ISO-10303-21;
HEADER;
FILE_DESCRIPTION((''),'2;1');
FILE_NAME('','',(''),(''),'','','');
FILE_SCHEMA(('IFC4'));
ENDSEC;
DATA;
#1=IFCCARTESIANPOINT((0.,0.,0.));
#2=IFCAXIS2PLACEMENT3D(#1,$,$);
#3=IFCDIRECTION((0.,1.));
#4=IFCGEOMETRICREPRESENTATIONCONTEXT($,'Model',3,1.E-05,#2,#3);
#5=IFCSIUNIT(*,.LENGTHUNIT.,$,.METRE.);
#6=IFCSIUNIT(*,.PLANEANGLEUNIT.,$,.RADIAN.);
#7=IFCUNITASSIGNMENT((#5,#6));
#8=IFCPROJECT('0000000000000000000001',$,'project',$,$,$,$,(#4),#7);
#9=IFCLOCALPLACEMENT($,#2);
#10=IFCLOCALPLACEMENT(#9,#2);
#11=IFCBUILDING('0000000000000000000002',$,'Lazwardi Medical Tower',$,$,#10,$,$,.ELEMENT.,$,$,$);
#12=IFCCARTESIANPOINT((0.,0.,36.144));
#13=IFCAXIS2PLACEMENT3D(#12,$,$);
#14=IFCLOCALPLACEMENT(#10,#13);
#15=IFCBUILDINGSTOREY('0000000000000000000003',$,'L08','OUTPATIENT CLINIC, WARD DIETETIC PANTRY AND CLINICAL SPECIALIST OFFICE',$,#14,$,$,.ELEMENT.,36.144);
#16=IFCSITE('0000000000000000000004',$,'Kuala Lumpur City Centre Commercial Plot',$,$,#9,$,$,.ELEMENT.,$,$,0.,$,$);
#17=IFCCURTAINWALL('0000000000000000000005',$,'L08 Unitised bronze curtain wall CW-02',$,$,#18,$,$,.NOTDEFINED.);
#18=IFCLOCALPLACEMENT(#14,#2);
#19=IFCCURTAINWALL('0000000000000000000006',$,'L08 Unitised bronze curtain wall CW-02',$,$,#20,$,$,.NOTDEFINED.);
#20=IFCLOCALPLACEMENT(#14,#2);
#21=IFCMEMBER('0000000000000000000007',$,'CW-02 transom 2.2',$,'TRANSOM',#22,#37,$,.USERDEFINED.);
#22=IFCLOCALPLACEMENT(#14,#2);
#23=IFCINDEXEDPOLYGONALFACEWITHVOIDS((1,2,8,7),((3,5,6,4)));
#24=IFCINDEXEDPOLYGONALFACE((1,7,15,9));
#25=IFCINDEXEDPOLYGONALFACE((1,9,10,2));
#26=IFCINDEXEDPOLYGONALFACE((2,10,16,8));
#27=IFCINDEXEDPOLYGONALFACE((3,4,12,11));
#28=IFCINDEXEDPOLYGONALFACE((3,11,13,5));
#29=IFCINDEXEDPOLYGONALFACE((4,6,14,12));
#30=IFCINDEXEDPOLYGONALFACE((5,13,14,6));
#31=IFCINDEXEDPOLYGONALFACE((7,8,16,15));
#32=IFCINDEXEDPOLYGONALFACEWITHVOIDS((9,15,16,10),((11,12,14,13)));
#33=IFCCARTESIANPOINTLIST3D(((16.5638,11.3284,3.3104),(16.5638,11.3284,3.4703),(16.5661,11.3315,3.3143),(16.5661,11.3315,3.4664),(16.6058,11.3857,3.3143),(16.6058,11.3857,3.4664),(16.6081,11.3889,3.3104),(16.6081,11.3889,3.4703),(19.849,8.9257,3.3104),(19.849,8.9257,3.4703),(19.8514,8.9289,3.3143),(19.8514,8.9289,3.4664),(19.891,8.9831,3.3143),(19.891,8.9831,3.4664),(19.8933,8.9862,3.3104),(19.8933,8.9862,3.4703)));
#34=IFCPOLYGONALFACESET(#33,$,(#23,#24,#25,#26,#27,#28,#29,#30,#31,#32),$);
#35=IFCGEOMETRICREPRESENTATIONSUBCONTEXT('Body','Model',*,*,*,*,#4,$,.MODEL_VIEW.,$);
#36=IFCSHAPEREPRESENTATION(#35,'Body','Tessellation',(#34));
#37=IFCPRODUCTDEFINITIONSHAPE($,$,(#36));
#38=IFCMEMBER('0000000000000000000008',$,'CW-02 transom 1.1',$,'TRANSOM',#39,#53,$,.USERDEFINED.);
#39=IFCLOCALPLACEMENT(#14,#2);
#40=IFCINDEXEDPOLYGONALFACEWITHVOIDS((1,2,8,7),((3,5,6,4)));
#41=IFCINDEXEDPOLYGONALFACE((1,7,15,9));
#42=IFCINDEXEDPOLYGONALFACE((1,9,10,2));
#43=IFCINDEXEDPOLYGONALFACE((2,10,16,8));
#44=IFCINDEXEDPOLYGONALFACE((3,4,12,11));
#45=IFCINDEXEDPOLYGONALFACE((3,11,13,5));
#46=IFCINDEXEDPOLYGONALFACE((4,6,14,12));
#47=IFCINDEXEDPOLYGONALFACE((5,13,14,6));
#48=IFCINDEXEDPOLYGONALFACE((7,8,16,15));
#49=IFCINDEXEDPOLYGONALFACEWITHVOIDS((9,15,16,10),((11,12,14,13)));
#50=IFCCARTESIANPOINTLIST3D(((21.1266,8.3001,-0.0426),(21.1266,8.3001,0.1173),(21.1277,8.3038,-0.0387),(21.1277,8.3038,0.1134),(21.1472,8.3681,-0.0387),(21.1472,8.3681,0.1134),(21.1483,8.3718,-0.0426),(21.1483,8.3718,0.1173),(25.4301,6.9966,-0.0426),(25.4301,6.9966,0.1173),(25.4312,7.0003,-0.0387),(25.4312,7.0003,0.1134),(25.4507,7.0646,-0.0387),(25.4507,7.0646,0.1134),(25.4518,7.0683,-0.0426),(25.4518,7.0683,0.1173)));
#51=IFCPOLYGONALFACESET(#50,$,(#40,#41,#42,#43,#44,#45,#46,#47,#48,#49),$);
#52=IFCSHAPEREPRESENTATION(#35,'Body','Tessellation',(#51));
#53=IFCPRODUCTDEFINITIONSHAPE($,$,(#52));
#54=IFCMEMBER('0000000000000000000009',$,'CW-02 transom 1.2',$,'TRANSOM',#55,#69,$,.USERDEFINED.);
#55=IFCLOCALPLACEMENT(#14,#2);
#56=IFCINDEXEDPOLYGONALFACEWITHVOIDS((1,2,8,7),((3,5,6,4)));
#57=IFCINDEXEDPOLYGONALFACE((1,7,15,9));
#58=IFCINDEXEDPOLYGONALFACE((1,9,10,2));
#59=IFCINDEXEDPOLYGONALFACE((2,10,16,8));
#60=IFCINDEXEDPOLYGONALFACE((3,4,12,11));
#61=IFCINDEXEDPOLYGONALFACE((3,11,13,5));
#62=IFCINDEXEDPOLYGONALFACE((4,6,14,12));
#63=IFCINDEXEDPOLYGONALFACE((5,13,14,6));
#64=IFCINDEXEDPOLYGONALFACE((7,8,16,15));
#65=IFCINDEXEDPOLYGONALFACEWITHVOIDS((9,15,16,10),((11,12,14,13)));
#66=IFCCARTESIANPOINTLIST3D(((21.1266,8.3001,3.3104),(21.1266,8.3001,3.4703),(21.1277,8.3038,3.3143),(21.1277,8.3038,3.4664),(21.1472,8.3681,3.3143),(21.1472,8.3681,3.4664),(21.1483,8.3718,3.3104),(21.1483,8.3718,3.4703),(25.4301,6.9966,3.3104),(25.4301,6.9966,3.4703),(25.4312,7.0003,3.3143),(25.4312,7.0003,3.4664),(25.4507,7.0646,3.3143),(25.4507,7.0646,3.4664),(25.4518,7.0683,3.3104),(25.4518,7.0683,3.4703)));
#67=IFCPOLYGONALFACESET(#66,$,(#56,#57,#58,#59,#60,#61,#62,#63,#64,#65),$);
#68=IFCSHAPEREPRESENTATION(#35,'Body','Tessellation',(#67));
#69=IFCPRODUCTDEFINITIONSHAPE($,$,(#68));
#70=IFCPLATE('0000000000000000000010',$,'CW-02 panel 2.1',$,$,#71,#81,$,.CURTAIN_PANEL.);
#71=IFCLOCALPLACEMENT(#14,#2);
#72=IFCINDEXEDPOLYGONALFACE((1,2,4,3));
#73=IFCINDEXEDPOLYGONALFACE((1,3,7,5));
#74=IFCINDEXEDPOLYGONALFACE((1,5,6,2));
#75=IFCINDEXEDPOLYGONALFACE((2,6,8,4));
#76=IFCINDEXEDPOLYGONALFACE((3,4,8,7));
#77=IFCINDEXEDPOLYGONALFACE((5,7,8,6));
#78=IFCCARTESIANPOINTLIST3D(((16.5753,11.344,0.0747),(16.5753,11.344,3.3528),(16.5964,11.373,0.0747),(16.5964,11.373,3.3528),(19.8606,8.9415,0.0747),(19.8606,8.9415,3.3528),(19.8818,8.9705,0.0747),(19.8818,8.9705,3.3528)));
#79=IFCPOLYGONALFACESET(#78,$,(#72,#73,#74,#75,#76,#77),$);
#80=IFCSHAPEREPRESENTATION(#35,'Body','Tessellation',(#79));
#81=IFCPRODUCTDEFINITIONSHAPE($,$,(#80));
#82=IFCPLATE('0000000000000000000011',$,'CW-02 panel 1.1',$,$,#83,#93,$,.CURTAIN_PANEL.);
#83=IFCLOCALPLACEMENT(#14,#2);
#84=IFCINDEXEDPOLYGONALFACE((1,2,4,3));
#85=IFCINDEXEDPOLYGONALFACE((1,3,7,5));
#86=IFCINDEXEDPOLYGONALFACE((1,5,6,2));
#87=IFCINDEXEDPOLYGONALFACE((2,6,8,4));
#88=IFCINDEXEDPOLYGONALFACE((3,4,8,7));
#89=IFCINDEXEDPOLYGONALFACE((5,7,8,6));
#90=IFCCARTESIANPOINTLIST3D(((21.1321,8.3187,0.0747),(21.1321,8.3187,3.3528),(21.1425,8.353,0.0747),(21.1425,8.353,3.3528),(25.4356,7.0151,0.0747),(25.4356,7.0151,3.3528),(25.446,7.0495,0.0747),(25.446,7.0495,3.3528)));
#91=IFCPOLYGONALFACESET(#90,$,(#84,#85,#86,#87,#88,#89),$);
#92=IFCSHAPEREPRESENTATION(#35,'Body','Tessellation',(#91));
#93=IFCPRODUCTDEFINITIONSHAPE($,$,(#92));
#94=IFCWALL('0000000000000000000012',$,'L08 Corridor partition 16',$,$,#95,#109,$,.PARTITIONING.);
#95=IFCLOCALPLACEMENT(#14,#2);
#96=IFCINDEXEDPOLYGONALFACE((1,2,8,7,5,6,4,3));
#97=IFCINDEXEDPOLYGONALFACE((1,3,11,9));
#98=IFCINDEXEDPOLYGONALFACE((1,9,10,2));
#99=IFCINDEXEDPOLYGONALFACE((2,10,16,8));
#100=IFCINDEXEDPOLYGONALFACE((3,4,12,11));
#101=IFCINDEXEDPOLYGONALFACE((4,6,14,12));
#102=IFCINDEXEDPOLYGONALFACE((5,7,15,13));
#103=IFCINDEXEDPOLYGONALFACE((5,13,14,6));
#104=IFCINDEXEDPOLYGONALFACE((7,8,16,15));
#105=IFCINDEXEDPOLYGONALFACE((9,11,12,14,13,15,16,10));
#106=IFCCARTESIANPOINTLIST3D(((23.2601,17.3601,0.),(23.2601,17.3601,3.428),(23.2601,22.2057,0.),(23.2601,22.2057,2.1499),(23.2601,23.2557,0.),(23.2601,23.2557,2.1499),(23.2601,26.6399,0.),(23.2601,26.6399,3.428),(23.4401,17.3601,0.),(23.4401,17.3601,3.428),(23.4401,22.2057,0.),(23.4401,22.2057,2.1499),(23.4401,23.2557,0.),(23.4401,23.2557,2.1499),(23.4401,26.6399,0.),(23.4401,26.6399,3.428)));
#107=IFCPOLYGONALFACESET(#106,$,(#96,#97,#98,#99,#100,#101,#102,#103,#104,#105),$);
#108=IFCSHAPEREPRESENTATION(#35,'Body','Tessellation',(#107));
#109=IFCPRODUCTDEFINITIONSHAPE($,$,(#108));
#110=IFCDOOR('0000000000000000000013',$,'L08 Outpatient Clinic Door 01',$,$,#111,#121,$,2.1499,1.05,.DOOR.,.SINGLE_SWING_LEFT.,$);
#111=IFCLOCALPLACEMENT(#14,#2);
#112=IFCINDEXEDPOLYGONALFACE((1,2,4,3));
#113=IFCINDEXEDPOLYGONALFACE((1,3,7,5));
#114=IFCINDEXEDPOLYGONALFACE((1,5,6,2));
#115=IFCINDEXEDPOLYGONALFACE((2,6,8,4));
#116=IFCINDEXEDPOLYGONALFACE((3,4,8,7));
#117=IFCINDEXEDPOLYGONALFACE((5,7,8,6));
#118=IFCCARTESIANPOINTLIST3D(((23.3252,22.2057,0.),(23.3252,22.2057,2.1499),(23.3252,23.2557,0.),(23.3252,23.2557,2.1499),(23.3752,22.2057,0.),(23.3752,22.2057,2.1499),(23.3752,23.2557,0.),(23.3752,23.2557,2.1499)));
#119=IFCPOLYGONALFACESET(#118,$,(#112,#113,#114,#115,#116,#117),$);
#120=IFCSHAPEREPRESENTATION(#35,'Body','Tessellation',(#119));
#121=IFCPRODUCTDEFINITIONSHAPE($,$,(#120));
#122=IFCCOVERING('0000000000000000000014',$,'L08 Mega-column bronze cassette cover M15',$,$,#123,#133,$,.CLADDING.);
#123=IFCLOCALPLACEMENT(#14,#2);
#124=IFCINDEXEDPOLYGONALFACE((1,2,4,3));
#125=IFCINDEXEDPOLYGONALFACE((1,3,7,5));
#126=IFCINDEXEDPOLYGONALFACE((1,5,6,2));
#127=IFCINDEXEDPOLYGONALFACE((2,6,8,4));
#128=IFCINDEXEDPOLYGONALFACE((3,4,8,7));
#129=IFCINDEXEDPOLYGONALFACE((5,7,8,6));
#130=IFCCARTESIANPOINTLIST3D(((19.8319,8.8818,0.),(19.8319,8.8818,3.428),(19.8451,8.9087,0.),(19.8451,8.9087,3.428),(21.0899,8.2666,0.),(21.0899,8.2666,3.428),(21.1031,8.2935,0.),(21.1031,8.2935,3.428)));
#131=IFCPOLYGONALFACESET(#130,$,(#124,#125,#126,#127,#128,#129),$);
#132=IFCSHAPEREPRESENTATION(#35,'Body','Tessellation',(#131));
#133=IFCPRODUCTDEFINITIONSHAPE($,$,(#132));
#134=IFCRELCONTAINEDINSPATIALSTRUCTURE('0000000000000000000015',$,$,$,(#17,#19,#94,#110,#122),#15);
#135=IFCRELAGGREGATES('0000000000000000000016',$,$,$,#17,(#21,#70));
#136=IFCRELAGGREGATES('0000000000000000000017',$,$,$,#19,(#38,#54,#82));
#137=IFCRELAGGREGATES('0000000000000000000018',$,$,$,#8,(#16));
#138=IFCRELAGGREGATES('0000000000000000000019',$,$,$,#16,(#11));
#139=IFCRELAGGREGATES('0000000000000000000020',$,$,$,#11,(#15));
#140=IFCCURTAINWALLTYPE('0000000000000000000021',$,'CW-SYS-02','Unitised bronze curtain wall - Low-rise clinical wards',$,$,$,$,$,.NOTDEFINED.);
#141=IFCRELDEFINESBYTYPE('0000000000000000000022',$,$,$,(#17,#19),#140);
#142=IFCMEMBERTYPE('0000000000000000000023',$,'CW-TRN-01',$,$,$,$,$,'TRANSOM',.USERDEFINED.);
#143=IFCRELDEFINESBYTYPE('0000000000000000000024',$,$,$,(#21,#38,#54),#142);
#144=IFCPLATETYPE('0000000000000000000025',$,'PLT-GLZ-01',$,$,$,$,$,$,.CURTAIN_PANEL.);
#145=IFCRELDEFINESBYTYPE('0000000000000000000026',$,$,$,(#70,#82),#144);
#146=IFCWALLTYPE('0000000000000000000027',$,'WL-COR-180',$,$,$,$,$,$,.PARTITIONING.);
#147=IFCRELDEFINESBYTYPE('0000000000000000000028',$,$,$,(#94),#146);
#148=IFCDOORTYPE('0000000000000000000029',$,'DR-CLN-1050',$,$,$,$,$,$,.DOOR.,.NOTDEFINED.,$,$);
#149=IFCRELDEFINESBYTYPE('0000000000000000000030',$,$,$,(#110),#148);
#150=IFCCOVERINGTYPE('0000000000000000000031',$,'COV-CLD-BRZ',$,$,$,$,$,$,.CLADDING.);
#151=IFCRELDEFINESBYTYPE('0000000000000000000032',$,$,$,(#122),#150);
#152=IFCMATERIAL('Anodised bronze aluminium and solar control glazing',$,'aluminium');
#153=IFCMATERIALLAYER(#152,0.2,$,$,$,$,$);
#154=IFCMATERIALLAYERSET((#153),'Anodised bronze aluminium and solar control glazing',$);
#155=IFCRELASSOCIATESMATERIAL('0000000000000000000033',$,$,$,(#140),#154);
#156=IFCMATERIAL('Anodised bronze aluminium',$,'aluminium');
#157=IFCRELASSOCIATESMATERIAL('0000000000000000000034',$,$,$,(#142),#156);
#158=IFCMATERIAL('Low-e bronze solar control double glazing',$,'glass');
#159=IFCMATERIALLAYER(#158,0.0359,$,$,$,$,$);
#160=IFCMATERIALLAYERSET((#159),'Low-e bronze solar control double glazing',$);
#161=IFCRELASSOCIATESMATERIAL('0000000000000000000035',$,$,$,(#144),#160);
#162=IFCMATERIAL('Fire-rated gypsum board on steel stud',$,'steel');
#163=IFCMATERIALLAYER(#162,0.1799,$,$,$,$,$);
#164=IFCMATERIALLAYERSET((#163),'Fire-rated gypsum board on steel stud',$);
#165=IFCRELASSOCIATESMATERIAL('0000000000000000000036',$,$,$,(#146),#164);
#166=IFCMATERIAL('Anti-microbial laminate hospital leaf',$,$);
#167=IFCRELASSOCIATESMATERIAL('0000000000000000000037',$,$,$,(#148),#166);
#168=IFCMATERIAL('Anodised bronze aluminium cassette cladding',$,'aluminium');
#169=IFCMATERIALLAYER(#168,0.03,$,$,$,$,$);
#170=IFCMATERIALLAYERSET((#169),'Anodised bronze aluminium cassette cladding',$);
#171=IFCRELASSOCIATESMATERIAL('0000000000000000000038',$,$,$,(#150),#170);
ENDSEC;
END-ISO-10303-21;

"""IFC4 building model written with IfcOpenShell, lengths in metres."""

from ifc_helpers import new_model, si_unit, direction, frame, frame_2d, origin, origin_2d, place, context, subcontext, project, spatial, rectangle, hollow_rectangle, extrude, material, layer, layer_set, material_profile, profile_set, type_object, element, fill, aggregate, save


model = new_model("IFC4")

# Units and contexts
model_context = context("Model", 3, precision=1e-05, world=origin(), true_north=direction((0.0, 1.0)))
body_context = subcontext(model_context, "Body", "Model", "MODEL_VIEW")
ifc_project = project(units=[si_unit("LENGTHUNIT", "METRE"), si_unit("PLANEANGLEUNIT", "RADIAN")], contexts=[model_context])

# Site, building, storey
site_placement = place(None, origin())
site = spatial("IfcSite", under=ifc_project, at=site_placement, Name="Kuala Lumpur City Centre Commercial Plot", CompositionType="ELEMENT", RefElevation=0.0)
building_placement = place(site_placement, origin())
building = spatial("IfcBuilding", under=site, at=building_placement, Name="Lazwardi Medical Tower", CompositionType="ELEMENT")
storey_placement = place(building_placement, frame((0.0, 0.0, 36.144)))
storey = spatial("IfcBuildingStorey", under=building, at=storey_placement, Name="L08", Description="OUTPATIENT CLINIC, WARD DIETETIC PANTRY AND CLINICAL SPECIALIST OFFICE", CompositionType="ELEMENT", Elevation=36.144)

# Curtain wall
ifc_material_1 = material(Name="Anodised bronze aluminium and solar control glazing", Category="aluminium")
ifc_layer_1 = layer(ifc_material_1, 0.2)
ifc_layer_set_1 = layer_set([ifc_layer_1], Name="Anodised bronze aluminium and solar control glazing")
curtain_wall_type = type_object("IfcCurtainWallType", Name="CW-SYS-02", Description="Unitised bronze curtain wall - Low-rise clinical wards", PredefinedType="NOTDEFINED", material=ifc_layer_set_1)
curtain_wall_1_placement = place(storey_placement, origin())
curtain_wall_1 = element("IfcCurtainWall", 1, at=curtain_wall_1_placement, inside=storey, type_object=curtain_wall_type, Name="L08 Unitised bronze curtain wall CW-02", PredefinedType="NOTDEFINED")
ifc_material_2 = material(Name="Anodised bronze aluminium", Category="aluminium")

# Curtain wall
curtain_wall_2_placement = place(storey_placement, origin())
curtain_wall_2 = element("IfcCurtainWall", 2, at=curtain_wall_2_placement, inside=storey, type_object=curtain_wall_type, Name="L08 Unitised bronze curtain wall CW-02", PredefinedType="NOTDEFINED")

# Members
ifc_material_profile_1 = material_profile(ifc_material_2, hollow_rectangle(XDim=0.075, YDim=0.1599, WallThickness=0.0039, at=origin_2d()), Name="ALU-TRANSOM 160x75x4")
ifc_profile_set_1 = profile_set([ifc_material_profile_1], Name="Anodised bronze aluminium")
member_type_1 = type_object("IfcMemberType", Name="CW-TRN-01", ElementType="TRANSOM", PredefinedType="USERDEFINED", material=ifc_profile_set_1)
member_1_placement = place(storey_placement, frame((16.5859, 11.3586, 3.3904), z_axis=(0.807169, -0.59032, 0.0), x_axis=(0.59032, 0.807169, 0.0)))
member_1 = element("IfcMember", 3, at=member_1_placement, type_object=member_type_1, Name="CW-02 transom 2.2", ObjectType="TRANSOM", PredefinedType="USERDEFINED", context=body_context, shape_type="SweptSolid", body=[
    extrude(hollow_rectangle(XDim=0.075, YDim=0.1599, WallThickness=0.0039, at=origin_2d()), origin(), (0.0, 0.0, 1.0), 4.0701),
])
member_2_placement = place(storey_placement, frame((21.1375, 8.3359, 0.0374), z_axis=(0.957062, -0.289882, 0.0), x_axis=(0.289882, 0.957062, 0.0)))
member_2 = element("IfcMember", 4, at=member_2_placement, type_object=member_type_1, Name="CW-02 transom 1.1", ObjectType="TRANSOM", PredefinedType="USERDEFINED", context=body_context, shape_type="SweptSolid", body=[
    extrude(hollow_rectangle(XDim=0.075, YDim=0.1599, WallThickness=0.0039, at=origin_2d()), origin(), (0.0, 0.0, 1.0), 4.4966),
])
member_3_placement = place(storey_placement, frame((21.1375, 8.3359, 3.3904), z_axis=(0.957062, -0.289882, 0.0), x_axis=(0.289882, 0.957062, 0.0)))
member_3 = element("IfcMember", 5, at=member_3_placement, type_object=member_type_1, Name="CW-02 transom 1.2", ObjectType="TRANSOM", PredefinedType="USERDEFINED", context=body_context, shape_type="SweptSolid", body=[
    extrude(hollow_rectangle(XDim=0.075, YDim=0.1599, WallThickness=0.0039, at=origin_2d()), origin(), (0.0, 0.0, 1.0), 4.4966),
])

# Plates
ifc_material_3 = material(Name="Low-e bronze solar control double glazing", Category="glass")
ifc_layer_2 = layer(ifc_material_3, 0.0359)
ifc_layer_set_2 = layer_set([ifc_layer_2], Name="Low-e bronze solar control double glazing")
plate_type = type_object("IfcPlateType", Name="PLT-GLZ-01", PredefinedType="CURTAIN_PANEL", material=ifc_layer_set_2)
plate_1_placement = place(storey_placement, frame((18.2285, 10.1572, 0.0747), z_axis=(0.0, 0.0, 1.0), x_axis=(0.807192, -0.590289, 0.0)))
plate_1 = element("IfcPlate", 6, at=plate_1_placement, type_object=plate_type, Name="CW-02 panel 2.1", PredefinedType="CURTAIN_PANEL", context=body_context, shape_type="SweptSolid", body=[
    extrude(rectangle(XDim=4.0701, YDim=0.0359, at=origin_2d()), origin(), (0.0, 0.0, 1.0), 3.2781),
])
aggregate(curtain_wall_1, [member_1, plate_1])
plate_2_placement = place(storey_placement, frame((23.2891, 7.6841, 0.0747), z_axis=(0.0, 0.0, 1.0), x_axis=(0.957058, -0.289896, 0.0)))
plate_2 = element("IfcPlate", 7, at=plate_2_placement, type_object=plate_type, Name="CW-02 panel 1.1", PredefinedType="CURTAIN_PANEL", context=body_context, shape_type="SweptSolid", body=[
    extrude(rectangle(XDim=4.4966, YDim=0.0359, at=origin_2d()), origin(), (0.0, 0.0, 1.0), 3.2781),
])
aggregate(curtain_wall_2, [member_2, member_3, plate_2])

# Wall, opening, door
ifc_material_4 = material(Name="Fire-rated gypsum board on steel stud", Category="steel")
ifc_layer_3 = layer(ifc_material_4, 0.1799)
ifc_layer_set_3 = layer_set([ifc_layer_3], Name="Fire-rated gypsum board on steel stud")
wall_type = type_object("IfcWallType", Name="WL-COR-180", PredefinedType="PARTITIONING", material=ifc_layer_set_3)
wall_placement = place(storey_placement, frame((23.3501, 17.3601, 0.0), z_axis=(0.0, 0.0, 1.0), x_axis=(0.0, 1.0, 0.0)))
wall = element("IfcWall", 8, at=wall_placement, inside=storey, type_object=wall_type, Name="L08 Corridor partition 16", PredefinedType="PARTITIONING", context=body_context, shape_type="SweptSolid", body=[
    extrude(rectangle(XDim=9.2798, YDim=0.1799, at=frame_2d((4.6399, 0.0))), origin(), (0.0, 0.0, 1.0), 3.428),
])
opening_placement = place(wall_placement, frame((4.8457, 0.0, 0.0)))
opening = element("IfcOpeningElement", 9, at=opening_placement, cuts=wall, PredefinedType="OPENING", context=body_context, shape_type="SweptSolid", body=[
    extrude(rectangle(XDim=1.05, YDim=2.1499, at=frame_2d((0.5249, 1.075))), frame((0.0, 0.0999, 0.0), z_axis=(0.0, -1.0, 0.0), x_axis=(1.0, 0.0, 0.0)), (0.0, 0.0, 1.0), 0.2),
])
ifc_material_5 = material(Name="Anti-microbial laminate hospital leaf")
door_type = type_object("IfcDoorType", Name="DR-CLN-1050", OperationType="NOTDEFINED", PredefinedType="DOOR", material=ifc_material_5)
door_placement = place(opening_placement, origin())
door = element("IfcDoor", 10, at=door_placement, inside=storey, type_object=door_type, Name="L08 Outpatient Clinic Door 01", OperationType="SINGLE_SWING_LEFT", OverallHeight=2.1499, OverallWidth=1.05, PredefinedType="DOOR", context=body_context, shape_type="SweptSolid", body=[
    extrude(rectangle(XDim=1.05, YDim=2.1499, at=frame_2d((0.5249, 1.075))), frame((0.0, 0.0249, 0.0), z_axis=(0.0, -1.0, 0.0), x_axis=(1.0, 0.0, 0.0)), (0.0, 0.0, 1.0), 0.05),
])
fill(opening, door)

# Covering
ifc_material_6 = material(Name="Anodised bronze aluminium cassette cladding", Category="aluminium")
ifc_layer_4 = layer(ifc_material_6, 0.03)
ifc_layer_set_4 = layer_set([ifc_layer_4], Name="Anodised bronze aluminium cassette cladding")
covering_type = type_object("IfcCoveringType", Name="COV-CLD-BRZ", PredefinedType="CLADDING", material=ifc_layer_set_4)
covering_placement = place(storey_placement, frame((20.4675, 8.5876, 0.0), z_axis=(0.0, 0.0, 1.0), x_axis=(0.898334, -0.439312, 0.0)))
element("IfcCovering", 11, at=covering_placement, inside=storey, type_object=covering_type, Name="L08 Mega-column bronze cassette cover M15", PredefinedType="CLADDING", context=body_context, shape_type="SweptSolid", body=[
    extrude(rectangle(XDim=1.4004, YDim=0.03, at=origin_2d()), origin(), (0.0, 0.0, 1.0), 3.428),
])

save(model, "model.ifc")
